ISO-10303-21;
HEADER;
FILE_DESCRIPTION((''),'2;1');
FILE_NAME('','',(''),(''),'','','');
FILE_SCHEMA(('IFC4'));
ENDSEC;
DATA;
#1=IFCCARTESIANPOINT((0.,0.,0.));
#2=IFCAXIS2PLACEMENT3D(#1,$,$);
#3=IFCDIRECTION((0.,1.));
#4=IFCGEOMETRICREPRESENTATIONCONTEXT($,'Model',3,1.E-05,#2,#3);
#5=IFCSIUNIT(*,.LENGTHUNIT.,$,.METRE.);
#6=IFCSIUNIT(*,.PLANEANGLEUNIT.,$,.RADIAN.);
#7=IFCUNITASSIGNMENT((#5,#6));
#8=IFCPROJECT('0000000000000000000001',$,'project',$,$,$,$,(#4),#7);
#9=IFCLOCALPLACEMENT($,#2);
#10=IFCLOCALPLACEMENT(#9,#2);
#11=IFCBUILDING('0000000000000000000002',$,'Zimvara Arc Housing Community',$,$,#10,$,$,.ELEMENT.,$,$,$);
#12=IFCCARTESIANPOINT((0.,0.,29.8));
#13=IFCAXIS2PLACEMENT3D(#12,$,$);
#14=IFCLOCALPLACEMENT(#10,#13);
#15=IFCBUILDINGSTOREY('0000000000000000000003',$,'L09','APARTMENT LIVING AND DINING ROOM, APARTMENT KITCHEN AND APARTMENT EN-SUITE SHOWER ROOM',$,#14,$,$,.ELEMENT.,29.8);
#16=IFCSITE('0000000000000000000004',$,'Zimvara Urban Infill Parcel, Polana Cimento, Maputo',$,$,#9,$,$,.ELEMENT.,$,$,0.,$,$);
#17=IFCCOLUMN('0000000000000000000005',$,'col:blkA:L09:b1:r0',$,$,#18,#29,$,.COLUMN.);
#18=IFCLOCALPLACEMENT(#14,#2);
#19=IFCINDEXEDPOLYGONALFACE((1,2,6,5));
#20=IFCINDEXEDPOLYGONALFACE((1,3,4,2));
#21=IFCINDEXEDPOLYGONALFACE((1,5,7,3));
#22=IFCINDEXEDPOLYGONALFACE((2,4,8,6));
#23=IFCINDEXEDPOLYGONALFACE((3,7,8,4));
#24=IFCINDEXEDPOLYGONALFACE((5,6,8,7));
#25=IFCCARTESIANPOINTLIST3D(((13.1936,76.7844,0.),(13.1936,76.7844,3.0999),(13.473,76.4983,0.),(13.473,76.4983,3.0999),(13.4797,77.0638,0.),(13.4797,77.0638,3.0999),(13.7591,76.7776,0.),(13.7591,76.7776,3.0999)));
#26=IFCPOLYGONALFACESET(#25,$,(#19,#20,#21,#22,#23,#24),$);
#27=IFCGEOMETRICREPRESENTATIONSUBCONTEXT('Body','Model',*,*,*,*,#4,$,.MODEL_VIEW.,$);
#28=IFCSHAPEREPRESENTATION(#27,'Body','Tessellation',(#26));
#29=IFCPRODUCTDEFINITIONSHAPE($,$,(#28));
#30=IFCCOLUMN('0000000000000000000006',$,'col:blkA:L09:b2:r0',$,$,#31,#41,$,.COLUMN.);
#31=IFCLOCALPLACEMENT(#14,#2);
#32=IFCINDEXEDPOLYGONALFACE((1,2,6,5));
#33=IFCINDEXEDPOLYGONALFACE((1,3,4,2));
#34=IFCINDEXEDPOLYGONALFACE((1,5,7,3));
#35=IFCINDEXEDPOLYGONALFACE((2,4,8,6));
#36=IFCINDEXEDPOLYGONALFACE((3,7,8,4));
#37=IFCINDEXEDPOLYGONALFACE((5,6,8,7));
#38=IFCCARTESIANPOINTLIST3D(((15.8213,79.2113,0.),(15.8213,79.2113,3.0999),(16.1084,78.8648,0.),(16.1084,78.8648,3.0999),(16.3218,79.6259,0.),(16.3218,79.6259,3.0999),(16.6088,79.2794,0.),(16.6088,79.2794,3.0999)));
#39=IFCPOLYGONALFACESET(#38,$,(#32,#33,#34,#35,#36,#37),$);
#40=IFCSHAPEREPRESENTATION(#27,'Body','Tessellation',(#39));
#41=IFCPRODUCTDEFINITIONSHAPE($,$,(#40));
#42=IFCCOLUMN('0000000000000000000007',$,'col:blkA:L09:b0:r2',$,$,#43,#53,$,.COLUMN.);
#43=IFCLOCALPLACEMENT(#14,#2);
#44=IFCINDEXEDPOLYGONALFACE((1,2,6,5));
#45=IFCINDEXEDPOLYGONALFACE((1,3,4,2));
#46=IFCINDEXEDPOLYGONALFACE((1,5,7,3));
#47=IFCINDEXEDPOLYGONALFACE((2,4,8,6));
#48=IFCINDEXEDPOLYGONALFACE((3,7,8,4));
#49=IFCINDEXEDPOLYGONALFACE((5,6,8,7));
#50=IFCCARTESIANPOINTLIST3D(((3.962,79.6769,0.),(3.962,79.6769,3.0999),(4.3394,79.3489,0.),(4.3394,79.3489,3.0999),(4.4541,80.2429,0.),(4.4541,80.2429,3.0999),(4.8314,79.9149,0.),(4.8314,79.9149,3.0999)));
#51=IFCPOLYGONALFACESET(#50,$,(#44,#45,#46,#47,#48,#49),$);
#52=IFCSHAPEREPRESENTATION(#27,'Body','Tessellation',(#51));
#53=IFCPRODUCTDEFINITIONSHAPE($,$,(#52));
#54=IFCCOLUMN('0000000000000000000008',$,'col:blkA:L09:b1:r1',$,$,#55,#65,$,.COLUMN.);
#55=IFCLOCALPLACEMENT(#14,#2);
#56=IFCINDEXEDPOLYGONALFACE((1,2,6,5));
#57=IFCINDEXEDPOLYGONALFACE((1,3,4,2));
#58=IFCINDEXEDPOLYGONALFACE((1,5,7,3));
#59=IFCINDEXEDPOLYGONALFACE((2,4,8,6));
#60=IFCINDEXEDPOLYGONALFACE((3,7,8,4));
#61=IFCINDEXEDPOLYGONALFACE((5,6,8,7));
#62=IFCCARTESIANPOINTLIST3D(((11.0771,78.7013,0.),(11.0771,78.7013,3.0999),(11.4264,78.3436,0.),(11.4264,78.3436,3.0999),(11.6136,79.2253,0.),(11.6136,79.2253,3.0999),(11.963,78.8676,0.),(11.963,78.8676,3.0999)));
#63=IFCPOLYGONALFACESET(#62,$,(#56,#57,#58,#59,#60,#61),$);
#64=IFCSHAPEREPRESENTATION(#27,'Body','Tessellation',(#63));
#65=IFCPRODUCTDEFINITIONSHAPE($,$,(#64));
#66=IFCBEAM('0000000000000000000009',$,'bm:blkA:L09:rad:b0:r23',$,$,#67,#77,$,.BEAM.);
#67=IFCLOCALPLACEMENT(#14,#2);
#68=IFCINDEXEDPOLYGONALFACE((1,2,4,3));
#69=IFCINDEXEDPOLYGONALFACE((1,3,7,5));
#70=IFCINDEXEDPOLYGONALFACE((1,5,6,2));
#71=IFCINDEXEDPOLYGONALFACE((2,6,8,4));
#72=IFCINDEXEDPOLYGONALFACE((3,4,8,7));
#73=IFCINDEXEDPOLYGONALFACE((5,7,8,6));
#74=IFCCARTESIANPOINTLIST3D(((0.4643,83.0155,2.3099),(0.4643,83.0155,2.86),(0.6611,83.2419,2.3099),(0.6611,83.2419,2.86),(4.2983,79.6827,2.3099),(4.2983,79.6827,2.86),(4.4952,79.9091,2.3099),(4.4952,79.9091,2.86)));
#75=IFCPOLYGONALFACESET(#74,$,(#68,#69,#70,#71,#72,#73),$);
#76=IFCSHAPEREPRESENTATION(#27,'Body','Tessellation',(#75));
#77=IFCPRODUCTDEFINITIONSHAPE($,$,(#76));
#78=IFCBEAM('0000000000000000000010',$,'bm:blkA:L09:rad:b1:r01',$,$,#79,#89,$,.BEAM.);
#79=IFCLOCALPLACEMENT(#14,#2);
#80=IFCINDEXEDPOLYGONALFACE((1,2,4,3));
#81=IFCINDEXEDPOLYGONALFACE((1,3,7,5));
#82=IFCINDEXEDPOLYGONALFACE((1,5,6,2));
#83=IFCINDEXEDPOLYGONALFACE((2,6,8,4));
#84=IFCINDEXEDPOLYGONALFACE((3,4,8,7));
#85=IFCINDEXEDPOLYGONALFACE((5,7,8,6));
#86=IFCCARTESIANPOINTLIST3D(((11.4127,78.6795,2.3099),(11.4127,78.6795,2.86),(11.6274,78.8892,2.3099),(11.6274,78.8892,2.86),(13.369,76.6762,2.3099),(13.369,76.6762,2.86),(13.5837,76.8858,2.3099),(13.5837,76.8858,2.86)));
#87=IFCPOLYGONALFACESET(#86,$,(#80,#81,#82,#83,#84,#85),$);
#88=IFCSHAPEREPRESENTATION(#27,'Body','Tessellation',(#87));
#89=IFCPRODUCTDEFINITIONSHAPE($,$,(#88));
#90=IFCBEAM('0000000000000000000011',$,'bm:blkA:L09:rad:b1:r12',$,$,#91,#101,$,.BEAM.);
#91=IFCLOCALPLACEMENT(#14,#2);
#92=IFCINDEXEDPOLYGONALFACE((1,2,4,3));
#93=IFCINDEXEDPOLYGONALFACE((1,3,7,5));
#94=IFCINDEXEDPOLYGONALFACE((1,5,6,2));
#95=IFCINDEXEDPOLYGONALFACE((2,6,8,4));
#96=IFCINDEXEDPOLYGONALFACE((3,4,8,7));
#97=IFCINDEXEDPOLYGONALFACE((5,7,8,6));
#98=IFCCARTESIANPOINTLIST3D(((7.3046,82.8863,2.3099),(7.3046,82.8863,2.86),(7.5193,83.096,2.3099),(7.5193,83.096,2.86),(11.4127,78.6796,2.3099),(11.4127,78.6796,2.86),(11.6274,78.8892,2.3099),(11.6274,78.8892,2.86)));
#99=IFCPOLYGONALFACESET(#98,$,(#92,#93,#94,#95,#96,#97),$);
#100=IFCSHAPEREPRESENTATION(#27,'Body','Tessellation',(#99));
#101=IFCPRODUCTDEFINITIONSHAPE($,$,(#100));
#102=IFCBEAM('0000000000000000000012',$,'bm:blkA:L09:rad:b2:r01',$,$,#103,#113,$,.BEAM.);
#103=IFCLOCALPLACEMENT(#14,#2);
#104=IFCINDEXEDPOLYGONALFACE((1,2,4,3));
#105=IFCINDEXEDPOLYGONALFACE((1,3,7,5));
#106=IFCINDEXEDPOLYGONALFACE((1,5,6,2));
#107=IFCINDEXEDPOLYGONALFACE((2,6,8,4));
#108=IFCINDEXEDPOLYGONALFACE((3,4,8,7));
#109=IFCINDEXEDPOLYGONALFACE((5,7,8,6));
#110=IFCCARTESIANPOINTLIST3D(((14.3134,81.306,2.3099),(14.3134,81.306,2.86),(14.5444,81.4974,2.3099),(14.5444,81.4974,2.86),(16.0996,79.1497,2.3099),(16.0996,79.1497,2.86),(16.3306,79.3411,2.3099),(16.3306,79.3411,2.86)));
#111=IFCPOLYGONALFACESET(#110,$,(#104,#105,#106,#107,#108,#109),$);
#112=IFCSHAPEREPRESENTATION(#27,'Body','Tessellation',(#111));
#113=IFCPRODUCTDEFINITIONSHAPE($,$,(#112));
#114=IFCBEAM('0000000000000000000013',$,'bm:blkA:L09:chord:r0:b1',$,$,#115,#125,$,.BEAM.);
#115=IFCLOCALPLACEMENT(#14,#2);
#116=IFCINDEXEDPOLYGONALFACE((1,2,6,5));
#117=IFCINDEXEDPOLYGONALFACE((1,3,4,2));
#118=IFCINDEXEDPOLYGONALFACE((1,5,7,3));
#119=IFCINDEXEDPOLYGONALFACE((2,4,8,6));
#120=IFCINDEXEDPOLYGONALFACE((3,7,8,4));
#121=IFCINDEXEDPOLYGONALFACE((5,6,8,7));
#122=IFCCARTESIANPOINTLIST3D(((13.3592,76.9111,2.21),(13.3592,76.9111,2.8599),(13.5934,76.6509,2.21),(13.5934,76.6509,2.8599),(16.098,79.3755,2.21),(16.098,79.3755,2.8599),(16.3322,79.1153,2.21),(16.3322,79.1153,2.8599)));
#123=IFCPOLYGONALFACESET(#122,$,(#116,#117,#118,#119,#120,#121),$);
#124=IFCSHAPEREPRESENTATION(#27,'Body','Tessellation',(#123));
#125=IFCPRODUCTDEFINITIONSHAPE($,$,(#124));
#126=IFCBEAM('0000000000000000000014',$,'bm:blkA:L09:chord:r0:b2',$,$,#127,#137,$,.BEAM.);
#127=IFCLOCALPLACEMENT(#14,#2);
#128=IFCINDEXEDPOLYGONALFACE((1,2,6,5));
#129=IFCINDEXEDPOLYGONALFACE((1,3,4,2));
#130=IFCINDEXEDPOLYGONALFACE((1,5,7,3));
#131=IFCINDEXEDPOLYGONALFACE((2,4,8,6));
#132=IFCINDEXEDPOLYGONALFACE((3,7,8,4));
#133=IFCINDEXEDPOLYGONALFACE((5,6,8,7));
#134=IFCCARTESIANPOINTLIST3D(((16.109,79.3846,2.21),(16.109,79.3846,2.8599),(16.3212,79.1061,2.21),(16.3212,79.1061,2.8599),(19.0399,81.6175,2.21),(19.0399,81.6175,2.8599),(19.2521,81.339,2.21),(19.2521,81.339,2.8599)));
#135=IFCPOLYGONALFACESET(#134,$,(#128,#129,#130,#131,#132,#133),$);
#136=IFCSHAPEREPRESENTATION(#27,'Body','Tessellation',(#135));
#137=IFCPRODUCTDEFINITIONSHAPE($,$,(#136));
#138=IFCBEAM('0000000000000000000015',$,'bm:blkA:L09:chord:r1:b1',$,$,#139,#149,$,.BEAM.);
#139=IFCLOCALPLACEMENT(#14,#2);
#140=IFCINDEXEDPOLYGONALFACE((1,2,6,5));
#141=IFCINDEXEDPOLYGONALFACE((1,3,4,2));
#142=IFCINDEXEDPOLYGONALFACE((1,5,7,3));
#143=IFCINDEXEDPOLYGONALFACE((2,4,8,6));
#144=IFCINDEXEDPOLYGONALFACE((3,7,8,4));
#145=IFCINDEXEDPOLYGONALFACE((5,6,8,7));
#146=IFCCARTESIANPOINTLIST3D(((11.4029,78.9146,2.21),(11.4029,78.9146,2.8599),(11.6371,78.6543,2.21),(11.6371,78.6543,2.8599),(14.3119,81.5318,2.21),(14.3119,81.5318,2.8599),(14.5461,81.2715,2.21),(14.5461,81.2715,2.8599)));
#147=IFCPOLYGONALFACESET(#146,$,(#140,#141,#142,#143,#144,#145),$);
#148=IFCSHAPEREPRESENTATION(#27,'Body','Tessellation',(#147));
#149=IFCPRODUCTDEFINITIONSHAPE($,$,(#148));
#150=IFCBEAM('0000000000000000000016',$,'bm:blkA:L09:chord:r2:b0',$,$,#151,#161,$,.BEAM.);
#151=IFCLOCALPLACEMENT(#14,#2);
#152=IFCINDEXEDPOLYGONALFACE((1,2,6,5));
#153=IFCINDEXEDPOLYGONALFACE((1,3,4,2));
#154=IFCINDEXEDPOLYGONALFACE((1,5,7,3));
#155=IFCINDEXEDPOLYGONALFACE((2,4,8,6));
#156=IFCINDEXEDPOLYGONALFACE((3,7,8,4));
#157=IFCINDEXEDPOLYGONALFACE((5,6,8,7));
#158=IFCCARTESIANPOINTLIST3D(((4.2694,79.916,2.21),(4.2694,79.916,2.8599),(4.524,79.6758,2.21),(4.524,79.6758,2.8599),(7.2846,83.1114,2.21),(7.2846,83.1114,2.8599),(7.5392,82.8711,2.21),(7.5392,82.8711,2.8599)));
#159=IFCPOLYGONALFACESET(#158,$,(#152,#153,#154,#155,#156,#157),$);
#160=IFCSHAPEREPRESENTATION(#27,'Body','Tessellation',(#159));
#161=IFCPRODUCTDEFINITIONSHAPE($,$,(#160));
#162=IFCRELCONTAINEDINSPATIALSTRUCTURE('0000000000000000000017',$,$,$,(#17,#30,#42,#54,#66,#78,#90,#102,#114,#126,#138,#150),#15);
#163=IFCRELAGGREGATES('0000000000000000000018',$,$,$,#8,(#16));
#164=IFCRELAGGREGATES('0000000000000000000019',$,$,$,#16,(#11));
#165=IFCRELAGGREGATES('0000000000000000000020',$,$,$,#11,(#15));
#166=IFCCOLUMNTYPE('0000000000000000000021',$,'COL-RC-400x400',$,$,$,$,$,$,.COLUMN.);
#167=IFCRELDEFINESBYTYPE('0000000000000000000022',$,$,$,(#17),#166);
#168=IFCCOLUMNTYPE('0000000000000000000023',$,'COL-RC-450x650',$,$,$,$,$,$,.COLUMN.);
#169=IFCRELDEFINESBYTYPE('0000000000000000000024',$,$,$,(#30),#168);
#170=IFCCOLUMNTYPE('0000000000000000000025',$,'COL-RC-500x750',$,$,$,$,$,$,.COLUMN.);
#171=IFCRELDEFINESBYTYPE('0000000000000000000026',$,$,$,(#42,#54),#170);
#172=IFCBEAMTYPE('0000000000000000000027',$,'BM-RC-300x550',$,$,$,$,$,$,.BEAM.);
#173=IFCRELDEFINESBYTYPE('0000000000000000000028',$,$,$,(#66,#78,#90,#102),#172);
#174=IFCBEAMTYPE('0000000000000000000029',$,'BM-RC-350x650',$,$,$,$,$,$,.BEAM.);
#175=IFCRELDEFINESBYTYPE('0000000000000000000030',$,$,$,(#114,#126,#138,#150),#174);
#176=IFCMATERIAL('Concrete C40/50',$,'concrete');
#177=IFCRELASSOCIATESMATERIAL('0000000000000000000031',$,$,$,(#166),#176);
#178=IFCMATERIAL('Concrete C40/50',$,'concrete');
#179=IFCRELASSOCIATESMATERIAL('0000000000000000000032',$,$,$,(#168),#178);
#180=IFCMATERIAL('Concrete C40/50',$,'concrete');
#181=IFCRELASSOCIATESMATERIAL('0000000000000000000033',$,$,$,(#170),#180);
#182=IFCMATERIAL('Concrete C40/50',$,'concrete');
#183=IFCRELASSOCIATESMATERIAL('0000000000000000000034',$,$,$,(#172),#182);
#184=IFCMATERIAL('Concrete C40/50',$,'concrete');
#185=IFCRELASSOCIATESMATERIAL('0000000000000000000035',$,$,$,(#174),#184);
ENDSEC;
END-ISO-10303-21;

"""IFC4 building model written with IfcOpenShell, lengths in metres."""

from ifc_helpers import new_model, si_unit, direction, frame, origin, origin_2d, place, context, subcontext, project, spatial, rectangle, extrude, material, material_profile, profile_set, type_object, element, save


model = new_model("IFC4")

# Units and contexts
model_context = context("Model", 3, precision=1e-05, world=origin(), true_north=direction((0.0, 1.0)))
body_context = subcontext(model_context, "Body", "Model", "MODEL_VIEW")
ifc_project = project(units=[si_unit("LENGTHUNIT", "METRE"), si_unit("PLANEANGLEUNIT", "RADIAN")], contexts=[model_context])

# Site, building, storey
site_placement = place(None, origin())
site = spatial("IfcSite", under=ifc_project, at=site_placement, Name="Zimvara Urban Infill Parcel, Polana Cimento, Maputo", CompositionType="ELEMENT", RefElevation=0.0)
building_placement = place(site_placement, origin())
building = spatial("IfcBuilding", under=site, at=building_placement, Name="Zimvara Arc Housing Community", CompositionType="ELEMENT")
storey_placement = place(building_placement, frame((0.0, 0.0, 29.8)))
storey = spatial("IfcBuildingStorey", under=building, at=storey_placement, Name="L09", Description="APARTMENT LIVING AND DINING ROOM, APARTMENT KITCHEN AND APARTMENT EN-SUITE SHOWER ROOM", CompositionType="ELEMENT", Elevation=29.8)

# Columns
ifc_material_1 = material(Name="Concrete C40/50", Category="concrete")
ifc_material_profile_1 = material_profile(ifc_material_1, rectangle(XDim=0.3999, YDim=0.3999, at=origin_2d()), Name="RC 400x400")
ifc_profile_set_1 = profile_set([ifc_material_profile_1], Name="Concrete C40/50")
column_type_1 = type_object("IfcColumnType", Name="COL-RC-400x400", PredefinedType="COLUMN", material=ifc_profile_set_1)
column_1_placement = place(storey_placement, frame((13.4763, 76.781, 0.0), z_axis=(0.0, 0.0, 1.0), x_axis=(-0.698665, 0.715449, 0.0)))
element("IfcColumn", 1, at=column_1_placement, inside=storey, type_object=column_type_1, Name="col:blkA:L09:b1:r0", PredefinedType="COLUMN", context=body_context, shape_type="SweptSolid", body=[
    extrude(rectangle(XDim=0.3999, YDim=0.3999, at=origin_2d()), origin(), (0.0, 0.0, 1.0), 3.0999),
])
ifc_material_2 = material(Name="Concrete C40/50", Category="concrete")
ifc_material_profile_2 = material_profile(ifc_material_2, rectangle(XDim=0.45, YDim=0.6499, at=origin_2d()), Name="RC 450x650")
ifc_profile_set_2 = profile_set([ifc_material_profile_2], Name="Concrete C40/50")
column_type_2 = type_object("IfcColumnType", Name="COL-RC-450x650", PredefinedType="COLUMN", material=ifc_profile_set_2)
column_2_placement = place(storey_placement, frame((16.2151, 79.2454, 0.0), z_axis=(0.0, 0.0, 1.0), x_axis=(-0.637962, 0.770068, 0.0)))
element("IfcColumn", 2, at=column_2_placement, inside=storey, type_object=column_type_2, Name="col:blkA:L09:b2:r0", PredefinedType="COLUMN", context=body_context, shape_type="SweptSolid", body=[
    extrude(rectangle(XDim=0.45, YDim=0.6499, at=origin_2d()), origin(), (0.0, 0.0, 1.0), 3.0999),
])
ifc_material_3 = material(Name="Concrete C40/50", Category="concrete")
ifc_material_profile_3 = material_profile(ifc_material_3, rectangle(XDim=0.5, YDim=0.75, at=origin_2d()), Name="RC 500x750")
ifc_profile_set_3 = profile_set([ifc_material_profile_3], Name="Concrete C40/50")
column_type_3 = type_object("IfcColumnType", Name="COL-RC-500x750", PredefinedType="COLUMN", material=ifc_profile_set_3)
for number, where, z_axis, x_axis, name in (
    (3, (4.3967, 79.7959, 0.0), (0.0, 0.0, 1.0), (-0.75471, 0.656059, 0.0), "col:blkA:L09:b0:r2"),
    (4, (11.52, 78.7844, 0.0), (0.0, 0.0, 1.0), (-0.698665, 0.715449, 0.0), "col:blkA:L09:b1:r1"),
):
    element("IfcColumn", number, at=place(storey_placement, frame(where, z_axis=z_axis, x_axis=x_axis)), inside=storey, type_object=column_type_3, Name=name, PredefinedType="COLUMN", context=body_context, shape_type="SweptSolid", body=[
        extrude(rectangle(XDim=0.5, YDim=0.75, at=origin_2d()), origin(), (0.0, 0.0, 1.0), 3.0999),
    ])

# Beams
ifc_material_4 = material(Name="Concrete C40/50", Category="concrete")
ifc_material_profile_4 = material_profile(ifc_material_4, rectangle(XDim=0.3, YDim=0.55, at=origin_2d()), Name="RC 300x550")
ifc_profile_set_4 = profile_set([ifc_material_profile_4], Name="Concrete C40/50")
beam_type_1 = type_object("IfcBeamType", Name="BM-RC-300x550", PredefinedType="BEAM", material=ifc_profile_set_4)
beam_1_placement = place(storey_placement, frame((4.3967, 79.7959, 2.585), z_axis=(-0.754716, 0.656051, 0.0), x_axis=(-0.656051, -0.754716, 0.0)))
element("IfcBeam", 5, at=beam_1_placement, inside=storey, type_object=beam_type_1, Name="bm:blkA:L09:rad:b0:r23", PredefinedType="BEAM", context=body_context, shape_type="SweptSolid", body=[
    extrude(rectangle(XDim=0.3, YDim=0.55, at=origin_2d()), origin(), (0.0, 0.0, 1.0), 5.0801),
])
beam_2_placement = place(storey_placement, frame((13.4763, 76.781, 2.585), z_axis=(-0.698643, 0.71547, 0.0), x_axis=(-0.71547, -0.698643, 0.0)))
element("IfcBeam", 6, at=beam_2_placement, inside=storey, type_object=beam_type_1, Name="bm:blkA:L09:rad:b1:r01", PredefinedType="BEAM", context=body_context, shape_type="SweptSolid", body=[
    extrude(rectangle(XDim=0.3, YDim=0.55, at=origin_2d()), origin(), (0.0, 0.0, 1.0), 2.8),
])
beam_3_placement = place(storey_placement, frame((11.52, 78.7844, 2.585), z_axis=(-0.69867, 0.715444, 0.0), x_axis=(-0.715444, -0.69867, 0.0)))
element("IfcBeam", 7, at=beam_3_placement, inside=storey, type_object=beam_type_1, Name="bm:blkA:L09:rad:b1:r12", PredefinedType="BEAM", context=body_context, shape_type="SweptSolid", body=[
    extrude(rectangle(XDim=0.3, YDim=0.55, at=origin_2d()), origin(), (0.0, 0.0, 1.0), 5.8799),
])
beam_4_placement = place(storey_placement, frame((16.2151, 79.2454, 2.585), z_axis=(-0.637917, 0.770105, 0.0), x_axis=(-0.770105, -0.637917, 0.0)))
element("IfcBeam", 8, at=beam_4_placement, inside=storey, type_object=beam_type_1, Name="bm:blkA:L09:rad:b2:r01", PredefinedType="BEAM", context=body_context, shape_type="SweptSolid", body=[
    extrude(rectangle(XDim=0.3, YDim=0.55, at=origin_2d()), origin(), (0.0, 0.0, 1.0), 2.8),
])
ifc_material_5 = material(Name="Concrete C40/50", Category="concrete")
ifc_material_profile_5 = material_profile(ifc_material_5, rectangle(XDim=0.3501, YDim=0.6499, at=origin_2d()), Name="RC 350x650")
ifc_profile_set_5 = profile_set([ifc_material_profile_5], Name="Concrete C40/50")
beam_type_2 = type_object("IfcBeamType", Name="BM-RC-350x650", PredefinedType="BEAM", material=ifc_profile_set_5)
beam_5_placement = place(storey_placement, frame((13.4763, 76.781, 2.5349), z_axis=(0.743367, 0.668884, 0.0), x_axis=(-0.668884, 0.743367, 0.0)))
element("IfcBeam", 9, at=beam_5_placement, inside=storey, type_object=beam_type_2, Name="bm:blkA:L09:chord:r0:b1", PredefinedType="BEAM", context=body_context, shape_type="SweptSolid", body=[
    extrude(rectangle(XDim=0.3501, YDim=0.6499, at=origin_2d()), origin(), (0.0, 0.0, 1.0), 3.6843),
])
beam_6_placement = place(storey_placement, frame((16.2151, 79.2454, 2.5349), z_axis=(0.795453, 0.606015, 0.0), x_axis=(-0.606015, 0.795453, 0.0)))
element("IfcBeam", 10, at=beam_6_placement, inside=storey, type_object=beam_type_2, Name="bm:blkA:L09:chord:r0:b2", PredefinedType="BEAM", context=body_context, shape_type="SweptSolid", body=[
    extrude(rectangle(XDim=0.3501, YDim=0.6499, at=origin_2d()), origin(), (0.0, 0.0, 1.0), 3.6846),
])
beam_7_placement = place(storey_placement, frame((11.52, 78.7844, 2.5349), z_axis=(0.743403, 0.668844, 0.0), x_axis=(-0.668844, 0.743403, 0.0)))
element("IfcBeam", 11, at=beam_7_placement, inside=storey, type_object=beam_type_2, Name="bm:blkA:L09:chord:r1:b1", PredefinedType="BEAM", context=body_context, shape_type="SweptSolid", body=[
    extrude(rectangle(XDim=0.3501, YDim=0.6499, at=origin_2d()), origin(), (0.0, 0.0, 1.0), 3.9131),
])
beam_8_placement = place(storey_placement, frame((4.3967, 79.7959, 2.5349), z_axis=(0.686304, 0.727315, 0.0), x_axis=(-0.727315, 0.686304, 0.0)))
element("IfcBeam", 12, at=beam_8_placement, inside=storey, type_object=beam_type_2, Name="bm:blkA:L09:chord:r2:b0", PredefinedType="BEAM", context=body_context, shape_type="SweptSolid", body=[
    extrude(rectangle(XDim=0.3501, YDim=0.6499, at=origin_2d()), origin(), (0.0, 0.0, 1.0), 4.3933),
])

save(model, "model.ifc")
